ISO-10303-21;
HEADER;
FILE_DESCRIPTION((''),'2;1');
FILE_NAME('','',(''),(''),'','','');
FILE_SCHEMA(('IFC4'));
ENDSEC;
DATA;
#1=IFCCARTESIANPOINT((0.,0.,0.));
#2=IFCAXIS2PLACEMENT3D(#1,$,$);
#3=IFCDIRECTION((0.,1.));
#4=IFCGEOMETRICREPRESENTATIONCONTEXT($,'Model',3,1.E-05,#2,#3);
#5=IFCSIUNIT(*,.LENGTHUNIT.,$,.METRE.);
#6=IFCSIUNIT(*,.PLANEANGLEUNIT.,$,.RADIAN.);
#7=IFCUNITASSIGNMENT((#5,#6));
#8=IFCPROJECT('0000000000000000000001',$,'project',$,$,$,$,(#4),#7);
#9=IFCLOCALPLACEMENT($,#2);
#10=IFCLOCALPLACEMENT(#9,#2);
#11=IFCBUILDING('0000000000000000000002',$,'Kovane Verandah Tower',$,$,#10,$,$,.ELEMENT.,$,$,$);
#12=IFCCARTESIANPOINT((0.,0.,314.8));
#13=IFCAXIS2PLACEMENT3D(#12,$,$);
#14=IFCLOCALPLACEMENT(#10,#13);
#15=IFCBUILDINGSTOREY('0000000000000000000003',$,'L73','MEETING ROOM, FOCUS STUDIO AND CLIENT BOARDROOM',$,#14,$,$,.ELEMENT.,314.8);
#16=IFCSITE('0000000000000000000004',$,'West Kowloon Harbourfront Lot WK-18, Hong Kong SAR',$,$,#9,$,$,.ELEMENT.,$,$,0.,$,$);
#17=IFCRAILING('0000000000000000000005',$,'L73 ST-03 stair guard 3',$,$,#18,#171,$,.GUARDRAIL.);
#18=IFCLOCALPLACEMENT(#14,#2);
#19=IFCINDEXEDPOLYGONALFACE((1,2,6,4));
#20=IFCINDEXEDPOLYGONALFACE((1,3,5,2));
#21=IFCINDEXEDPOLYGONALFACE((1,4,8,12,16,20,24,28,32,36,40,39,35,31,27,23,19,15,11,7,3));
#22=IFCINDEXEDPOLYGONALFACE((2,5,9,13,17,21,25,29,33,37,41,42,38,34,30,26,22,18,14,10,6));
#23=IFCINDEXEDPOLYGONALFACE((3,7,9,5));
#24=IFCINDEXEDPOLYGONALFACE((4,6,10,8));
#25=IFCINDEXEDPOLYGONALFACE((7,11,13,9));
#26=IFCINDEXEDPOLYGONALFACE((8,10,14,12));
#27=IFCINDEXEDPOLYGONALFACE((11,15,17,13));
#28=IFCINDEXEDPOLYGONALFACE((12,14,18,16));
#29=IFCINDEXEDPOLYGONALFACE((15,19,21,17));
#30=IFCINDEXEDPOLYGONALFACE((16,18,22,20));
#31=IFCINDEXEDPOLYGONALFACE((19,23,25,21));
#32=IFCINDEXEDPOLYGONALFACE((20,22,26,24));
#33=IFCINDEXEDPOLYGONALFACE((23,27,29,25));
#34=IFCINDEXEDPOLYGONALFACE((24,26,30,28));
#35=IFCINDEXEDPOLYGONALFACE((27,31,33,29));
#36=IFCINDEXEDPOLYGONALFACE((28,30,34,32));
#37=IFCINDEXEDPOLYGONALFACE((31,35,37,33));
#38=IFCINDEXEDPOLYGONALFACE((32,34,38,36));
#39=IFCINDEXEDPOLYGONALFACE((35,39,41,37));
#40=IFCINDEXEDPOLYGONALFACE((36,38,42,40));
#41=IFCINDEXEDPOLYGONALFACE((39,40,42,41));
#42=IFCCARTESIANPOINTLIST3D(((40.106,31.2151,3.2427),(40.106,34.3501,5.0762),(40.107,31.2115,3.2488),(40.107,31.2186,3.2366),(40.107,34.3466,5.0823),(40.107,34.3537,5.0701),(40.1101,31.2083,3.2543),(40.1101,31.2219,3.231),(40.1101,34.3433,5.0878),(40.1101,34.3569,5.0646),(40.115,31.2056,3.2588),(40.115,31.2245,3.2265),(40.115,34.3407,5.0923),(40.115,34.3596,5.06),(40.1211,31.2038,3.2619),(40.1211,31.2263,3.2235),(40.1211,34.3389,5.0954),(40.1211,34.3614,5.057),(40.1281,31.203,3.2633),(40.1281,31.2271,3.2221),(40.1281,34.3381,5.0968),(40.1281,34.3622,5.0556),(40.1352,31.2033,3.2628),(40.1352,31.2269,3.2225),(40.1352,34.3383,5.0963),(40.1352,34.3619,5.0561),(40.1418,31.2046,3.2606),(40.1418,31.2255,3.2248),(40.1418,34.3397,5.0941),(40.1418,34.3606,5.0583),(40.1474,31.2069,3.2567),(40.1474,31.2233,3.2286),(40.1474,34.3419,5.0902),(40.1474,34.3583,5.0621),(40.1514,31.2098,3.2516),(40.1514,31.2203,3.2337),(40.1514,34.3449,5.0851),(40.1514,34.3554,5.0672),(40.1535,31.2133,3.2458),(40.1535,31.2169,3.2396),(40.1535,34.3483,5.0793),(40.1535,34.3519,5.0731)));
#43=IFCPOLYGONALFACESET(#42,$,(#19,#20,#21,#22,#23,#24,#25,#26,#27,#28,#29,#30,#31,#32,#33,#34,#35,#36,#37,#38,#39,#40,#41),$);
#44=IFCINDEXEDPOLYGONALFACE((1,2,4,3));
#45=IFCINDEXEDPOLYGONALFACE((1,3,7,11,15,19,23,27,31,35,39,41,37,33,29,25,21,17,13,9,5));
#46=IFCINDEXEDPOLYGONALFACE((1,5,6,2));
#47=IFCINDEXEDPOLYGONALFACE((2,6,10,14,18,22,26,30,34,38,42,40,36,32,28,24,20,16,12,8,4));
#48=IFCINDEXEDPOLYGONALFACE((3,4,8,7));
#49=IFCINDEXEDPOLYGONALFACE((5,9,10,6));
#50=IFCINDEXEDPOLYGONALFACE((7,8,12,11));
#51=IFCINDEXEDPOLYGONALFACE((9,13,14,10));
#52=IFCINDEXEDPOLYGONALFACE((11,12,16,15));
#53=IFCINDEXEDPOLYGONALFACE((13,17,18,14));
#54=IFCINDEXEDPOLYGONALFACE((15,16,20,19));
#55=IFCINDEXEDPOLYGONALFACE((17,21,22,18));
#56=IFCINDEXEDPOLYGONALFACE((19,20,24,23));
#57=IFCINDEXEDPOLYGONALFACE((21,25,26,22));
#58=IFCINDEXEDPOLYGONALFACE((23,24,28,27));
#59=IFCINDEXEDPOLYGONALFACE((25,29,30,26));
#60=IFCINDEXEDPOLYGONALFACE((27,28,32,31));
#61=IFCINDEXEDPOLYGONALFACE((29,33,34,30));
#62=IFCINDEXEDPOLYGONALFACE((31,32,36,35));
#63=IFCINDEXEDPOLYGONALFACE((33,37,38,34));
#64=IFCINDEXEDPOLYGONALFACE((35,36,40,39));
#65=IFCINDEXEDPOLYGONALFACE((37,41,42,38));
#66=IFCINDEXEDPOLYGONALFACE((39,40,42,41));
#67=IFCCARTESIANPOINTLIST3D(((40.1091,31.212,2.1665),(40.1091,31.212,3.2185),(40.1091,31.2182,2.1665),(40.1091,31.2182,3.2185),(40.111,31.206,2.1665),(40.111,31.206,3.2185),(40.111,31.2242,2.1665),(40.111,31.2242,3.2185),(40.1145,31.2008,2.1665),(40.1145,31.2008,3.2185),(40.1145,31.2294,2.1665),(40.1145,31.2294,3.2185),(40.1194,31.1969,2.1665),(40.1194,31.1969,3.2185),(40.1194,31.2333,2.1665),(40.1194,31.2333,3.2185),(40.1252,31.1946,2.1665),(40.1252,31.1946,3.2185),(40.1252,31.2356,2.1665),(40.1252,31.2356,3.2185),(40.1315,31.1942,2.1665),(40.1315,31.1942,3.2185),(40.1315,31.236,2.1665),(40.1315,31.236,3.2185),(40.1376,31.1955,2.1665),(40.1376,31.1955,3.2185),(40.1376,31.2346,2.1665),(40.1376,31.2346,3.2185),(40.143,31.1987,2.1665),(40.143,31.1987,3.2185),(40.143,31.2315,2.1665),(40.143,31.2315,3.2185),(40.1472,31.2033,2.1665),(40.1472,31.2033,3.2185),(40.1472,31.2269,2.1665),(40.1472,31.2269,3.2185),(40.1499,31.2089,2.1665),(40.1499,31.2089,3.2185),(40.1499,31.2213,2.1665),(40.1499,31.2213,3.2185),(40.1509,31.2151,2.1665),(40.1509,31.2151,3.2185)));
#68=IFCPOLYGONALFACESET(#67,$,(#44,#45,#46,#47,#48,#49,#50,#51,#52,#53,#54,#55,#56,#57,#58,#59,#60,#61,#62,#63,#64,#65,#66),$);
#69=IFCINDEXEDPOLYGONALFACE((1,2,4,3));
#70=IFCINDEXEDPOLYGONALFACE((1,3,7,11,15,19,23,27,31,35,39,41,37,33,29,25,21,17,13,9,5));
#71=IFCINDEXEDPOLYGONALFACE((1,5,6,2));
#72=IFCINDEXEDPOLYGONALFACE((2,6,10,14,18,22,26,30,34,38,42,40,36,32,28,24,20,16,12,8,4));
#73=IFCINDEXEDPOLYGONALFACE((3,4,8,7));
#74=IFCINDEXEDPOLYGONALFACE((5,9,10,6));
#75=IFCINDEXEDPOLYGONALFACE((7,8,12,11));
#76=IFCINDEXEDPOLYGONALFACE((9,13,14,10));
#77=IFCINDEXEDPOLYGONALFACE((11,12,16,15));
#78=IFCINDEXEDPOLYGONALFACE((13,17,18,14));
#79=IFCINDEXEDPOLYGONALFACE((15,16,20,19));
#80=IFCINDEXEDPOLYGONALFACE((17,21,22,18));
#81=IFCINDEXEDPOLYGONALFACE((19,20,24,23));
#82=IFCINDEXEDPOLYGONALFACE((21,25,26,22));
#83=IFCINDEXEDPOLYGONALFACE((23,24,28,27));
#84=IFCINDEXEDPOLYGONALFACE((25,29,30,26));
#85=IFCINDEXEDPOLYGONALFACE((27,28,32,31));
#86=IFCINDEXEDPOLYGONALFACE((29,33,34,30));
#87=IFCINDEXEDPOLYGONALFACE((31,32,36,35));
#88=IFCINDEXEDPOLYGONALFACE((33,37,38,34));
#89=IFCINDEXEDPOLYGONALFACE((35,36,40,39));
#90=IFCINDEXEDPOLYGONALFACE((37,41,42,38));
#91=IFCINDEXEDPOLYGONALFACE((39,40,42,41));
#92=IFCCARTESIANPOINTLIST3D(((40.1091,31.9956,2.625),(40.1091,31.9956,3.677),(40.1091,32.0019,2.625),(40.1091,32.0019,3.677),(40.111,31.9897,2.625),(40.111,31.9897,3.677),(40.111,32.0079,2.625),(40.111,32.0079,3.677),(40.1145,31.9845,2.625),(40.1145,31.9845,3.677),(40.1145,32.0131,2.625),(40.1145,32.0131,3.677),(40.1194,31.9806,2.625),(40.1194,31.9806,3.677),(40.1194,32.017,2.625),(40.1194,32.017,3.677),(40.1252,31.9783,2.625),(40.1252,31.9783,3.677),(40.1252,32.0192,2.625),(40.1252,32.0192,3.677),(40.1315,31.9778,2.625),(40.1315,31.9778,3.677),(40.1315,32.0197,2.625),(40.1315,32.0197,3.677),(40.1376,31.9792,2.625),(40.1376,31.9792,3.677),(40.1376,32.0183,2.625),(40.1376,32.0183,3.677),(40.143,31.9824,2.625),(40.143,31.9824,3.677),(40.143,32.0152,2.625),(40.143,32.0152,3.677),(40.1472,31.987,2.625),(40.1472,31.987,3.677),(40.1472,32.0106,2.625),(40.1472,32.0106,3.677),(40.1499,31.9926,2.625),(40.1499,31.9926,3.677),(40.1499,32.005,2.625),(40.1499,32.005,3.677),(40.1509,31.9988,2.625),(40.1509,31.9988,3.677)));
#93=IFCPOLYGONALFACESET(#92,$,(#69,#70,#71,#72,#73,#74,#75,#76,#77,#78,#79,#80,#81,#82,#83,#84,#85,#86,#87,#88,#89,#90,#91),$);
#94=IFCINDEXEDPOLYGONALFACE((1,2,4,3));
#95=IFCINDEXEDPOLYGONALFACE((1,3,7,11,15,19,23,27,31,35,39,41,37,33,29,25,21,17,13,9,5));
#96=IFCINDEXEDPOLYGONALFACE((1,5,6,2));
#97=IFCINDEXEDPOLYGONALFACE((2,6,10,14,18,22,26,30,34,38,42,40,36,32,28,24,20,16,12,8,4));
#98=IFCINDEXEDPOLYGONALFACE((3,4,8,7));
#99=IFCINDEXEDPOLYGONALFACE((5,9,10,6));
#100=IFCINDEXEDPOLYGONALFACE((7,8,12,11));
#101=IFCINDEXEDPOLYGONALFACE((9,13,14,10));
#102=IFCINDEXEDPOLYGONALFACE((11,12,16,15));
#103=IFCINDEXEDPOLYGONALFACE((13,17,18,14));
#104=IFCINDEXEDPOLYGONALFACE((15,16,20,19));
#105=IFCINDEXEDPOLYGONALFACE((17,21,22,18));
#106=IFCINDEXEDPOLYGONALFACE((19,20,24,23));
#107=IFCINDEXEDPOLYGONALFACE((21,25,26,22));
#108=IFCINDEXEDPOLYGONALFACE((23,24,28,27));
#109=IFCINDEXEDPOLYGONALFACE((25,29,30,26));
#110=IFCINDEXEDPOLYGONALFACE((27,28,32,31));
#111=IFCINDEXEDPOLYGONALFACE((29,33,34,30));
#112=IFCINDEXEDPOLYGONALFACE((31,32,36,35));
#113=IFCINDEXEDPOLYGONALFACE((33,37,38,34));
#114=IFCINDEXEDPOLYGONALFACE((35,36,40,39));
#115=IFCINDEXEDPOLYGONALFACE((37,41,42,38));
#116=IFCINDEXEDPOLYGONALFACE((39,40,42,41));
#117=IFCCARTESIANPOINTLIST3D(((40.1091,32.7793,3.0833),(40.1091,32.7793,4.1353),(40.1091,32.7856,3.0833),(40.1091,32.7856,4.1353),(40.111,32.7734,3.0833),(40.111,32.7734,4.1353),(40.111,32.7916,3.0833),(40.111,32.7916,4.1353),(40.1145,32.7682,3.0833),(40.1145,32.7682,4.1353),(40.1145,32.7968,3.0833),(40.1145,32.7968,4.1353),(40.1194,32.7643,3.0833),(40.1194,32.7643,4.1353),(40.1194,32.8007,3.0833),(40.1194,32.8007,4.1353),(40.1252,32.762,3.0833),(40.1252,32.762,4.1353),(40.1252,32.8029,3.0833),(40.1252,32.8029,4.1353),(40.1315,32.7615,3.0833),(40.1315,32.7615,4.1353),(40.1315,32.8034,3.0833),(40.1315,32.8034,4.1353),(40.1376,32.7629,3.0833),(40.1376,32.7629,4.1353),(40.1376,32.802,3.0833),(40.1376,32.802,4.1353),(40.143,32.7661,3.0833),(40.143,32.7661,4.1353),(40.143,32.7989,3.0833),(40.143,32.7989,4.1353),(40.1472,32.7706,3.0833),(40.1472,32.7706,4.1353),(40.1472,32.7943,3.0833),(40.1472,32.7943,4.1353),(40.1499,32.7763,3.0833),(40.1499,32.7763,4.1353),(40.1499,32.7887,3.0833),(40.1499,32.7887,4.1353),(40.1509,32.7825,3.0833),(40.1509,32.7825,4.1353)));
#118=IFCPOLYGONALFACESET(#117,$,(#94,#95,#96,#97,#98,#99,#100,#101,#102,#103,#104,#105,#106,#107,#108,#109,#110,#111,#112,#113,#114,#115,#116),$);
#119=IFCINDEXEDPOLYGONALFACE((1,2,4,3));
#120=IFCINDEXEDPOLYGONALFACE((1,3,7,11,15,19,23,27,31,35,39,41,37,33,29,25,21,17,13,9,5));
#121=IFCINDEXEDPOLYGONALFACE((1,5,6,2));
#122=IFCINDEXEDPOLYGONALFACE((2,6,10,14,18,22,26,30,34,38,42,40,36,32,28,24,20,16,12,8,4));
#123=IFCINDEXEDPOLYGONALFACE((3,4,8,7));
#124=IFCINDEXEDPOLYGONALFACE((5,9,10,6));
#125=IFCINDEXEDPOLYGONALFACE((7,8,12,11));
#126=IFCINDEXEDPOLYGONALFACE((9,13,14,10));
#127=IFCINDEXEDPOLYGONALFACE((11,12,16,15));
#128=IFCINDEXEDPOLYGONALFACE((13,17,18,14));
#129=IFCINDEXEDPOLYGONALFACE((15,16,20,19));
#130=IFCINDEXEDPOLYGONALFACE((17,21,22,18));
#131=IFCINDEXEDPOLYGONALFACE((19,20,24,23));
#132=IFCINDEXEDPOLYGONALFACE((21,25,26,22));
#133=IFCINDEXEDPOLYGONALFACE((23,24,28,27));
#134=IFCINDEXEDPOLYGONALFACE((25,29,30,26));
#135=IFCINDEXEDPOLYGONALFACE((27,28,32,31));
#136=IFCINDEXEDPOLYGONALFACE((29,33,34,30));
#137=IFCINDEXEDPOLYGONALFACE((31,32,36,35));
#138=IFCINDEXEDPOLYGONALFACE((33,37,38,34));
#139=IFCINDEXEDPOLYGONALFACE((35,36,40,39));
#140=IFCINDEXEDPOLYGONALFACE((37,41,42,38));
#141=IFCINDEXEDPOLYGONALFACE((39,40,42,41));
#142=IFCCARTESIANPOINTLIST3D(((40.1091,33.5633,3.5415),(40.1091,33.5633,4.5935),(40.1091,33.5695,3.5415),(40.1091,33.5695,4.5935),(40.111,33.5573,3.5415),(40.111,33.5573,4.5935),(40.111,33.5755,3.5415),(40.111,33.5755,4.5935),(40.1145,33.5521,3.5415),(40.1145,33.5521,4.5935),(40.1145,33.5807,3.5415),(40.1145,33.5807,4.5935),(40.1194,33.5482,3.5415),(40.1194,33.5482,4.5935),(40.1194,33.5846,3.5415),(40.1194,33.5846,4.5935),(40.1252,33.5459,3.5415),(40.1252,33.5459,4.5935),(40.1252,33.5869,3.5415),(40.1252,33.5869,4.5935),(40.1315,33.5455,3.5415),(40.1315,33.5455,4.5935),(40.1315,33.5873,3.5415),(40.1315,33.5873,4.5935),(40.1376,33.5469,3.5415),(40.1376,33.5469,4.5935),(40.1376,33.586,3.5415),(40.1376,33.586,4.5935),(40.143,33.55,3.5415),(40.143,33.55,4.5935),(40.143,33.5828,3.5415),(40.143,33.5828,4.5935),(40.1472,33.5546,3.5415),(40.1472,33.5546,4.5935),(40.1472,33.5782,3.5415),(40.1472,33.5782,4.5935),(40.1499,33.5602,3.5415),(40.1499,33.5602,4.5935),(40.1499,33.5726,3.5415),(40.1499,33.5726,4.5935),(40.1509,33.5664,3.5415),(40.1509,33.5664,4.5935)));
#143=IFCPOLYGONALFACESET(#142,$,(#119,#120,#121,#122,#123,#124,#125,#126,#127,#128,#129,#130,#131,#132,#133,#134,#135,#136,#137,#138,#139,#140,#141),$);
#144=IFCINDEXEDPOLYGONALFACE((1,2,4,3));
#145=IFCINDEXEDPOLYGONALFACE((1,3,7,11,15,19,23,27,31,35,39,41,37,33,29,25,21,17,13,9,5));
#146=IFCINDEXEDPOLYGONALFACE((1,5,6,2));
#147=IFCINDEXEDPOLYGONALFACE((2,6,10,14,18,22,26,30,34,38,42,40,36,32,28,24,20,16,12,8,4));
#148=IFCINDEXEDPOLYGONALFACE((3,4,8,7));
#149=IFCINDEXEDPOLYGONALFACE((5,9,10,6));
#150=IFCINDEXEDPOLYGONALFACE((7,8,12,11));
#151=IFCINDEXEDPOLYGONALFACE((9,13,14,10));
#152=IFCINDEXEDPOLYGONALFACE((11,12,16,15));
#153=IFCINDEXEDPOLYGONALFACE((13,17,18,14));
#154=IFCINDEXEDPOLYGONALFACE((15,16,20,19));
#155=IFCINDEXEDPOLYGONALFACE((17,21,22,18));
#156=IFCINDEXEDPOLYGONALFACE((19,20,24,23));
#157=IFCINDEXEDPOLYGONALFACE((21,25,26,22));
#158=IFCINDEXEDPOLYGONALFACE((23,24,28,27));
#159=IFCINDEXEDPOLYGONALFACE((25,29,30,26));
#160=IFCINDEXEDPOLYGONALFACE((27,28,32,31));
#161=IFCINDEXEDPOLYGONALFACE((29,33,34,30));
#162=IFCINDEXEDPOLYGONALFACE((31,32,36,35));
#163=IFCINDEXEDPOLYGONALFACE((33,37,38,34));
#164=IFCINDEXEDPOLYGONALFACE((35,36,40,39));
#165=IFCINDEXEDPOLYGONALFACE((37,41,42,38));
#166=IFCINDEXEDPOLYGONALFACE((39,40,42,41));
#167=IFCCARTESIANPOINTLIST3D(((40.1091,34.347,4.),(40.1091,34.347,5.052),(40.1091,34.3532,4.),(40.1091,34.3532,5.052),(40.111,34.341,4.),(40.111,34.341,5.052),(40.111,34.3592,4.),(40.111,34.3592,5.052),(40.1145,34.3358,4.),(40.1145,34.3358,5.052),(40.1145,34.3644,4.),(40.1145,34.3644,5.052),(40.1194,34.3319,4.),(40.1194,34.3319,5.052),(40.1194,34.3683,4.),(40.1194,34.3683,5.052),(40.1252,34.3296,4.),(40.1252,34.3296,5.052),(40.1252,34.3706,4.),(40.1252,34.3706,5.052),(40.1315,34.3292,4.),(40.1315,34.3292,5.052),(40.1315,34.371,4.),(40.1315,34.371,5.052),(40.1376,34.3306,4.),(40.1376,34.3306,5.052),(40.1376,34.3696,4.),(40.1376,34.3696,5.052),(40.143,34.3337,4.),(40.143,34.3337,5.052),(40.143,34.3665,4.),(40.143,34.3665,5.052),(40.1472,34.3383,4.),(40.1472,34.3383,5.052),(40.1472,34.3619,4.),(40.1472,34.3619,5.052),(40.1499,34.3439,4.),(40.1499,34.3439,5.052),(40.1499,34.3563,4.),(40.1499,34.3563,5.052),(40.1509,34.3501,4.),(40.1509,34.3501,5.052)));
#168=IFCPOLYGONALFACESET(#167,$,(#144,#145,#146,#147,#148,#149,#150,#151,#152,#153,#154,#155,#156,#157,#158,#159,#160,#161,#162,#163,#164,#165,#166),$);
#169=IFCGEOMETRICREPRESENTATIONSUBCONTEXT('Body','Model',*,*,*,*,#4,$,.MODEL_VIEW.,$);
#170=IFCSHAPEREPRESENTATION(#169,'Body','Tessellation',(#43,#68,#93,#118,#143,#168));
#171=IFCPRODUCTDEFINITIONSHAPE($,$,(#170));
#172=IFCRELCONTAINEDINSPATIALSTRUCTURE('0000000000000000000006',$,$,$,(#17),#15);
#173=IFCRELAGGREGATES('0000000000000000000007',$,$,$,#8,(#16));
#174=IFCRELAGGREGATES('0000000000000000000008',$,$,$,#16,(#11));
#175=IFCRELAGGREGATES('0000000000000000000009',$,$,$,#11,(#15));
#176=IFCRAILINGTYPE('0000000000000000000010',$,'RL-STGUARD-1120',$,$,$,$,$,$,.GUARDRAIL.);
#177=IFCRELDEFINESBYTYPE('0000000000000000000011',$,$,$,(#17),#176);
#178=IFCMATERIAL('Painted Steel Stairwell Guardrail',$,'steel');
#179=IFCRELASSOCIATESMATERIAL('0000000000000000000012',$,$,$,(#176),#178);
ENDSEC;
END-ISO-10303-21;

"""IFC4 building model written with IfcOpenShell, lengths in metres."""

from ifc_helpers import new_model, si_unit, direction, frame, origin, origin_2d, place, context, subcontext, project, spatial, circle, extrude, material, type_object, element, save


model = new_model("IFC4")

# Units and contexts
model_context = context("Model", 3, precision=1e-05, world=origin(), true_north=direction((0.0, 1.0)))
body_context = subcontext(model_context, "Body", "Model", "MODEL_VIEW")
ifc_project = project(units=[si_unit("LENGTHUNIT", "METRE"), si_unit("PLANEANGLEUNIT", "RADIAN")], contexts=[model_context])

# Site, building, storey
site_placement = place(None, origin())
site = spatial("IfcSite", under=ifc_project, at=site_placement, Name="West Kowloon Harbourfront Lot WK-18, Hong Kong SAR", CompositionType="ELEMENT", RefElevation=0.0)
building_placement = place(site_placement, origin())
building = spatial("IfcBuilding", under=site, at=building_placement, Name="Kovane Verandah Tower", CompositionType="ELEMENT")
storey_placement = place(building_placement, frame((0.0, 0.0, 314.8)))
storey = spatial("IfcBuildingStorey", under=building, at=storey_placement, Name="L73", Description="MEETING ROOM, FOCUS STUDIO AND CLIENT BOARDROOM", CompositionType="ELEMENT", Elevation=314.8)

# Railing
ifc_material_1 = material(Name="Painted Steel Stairwell Guardrail", Category="steel")
railing_type_1 = type_object("IfcRailingType", Name="RL-STGUARD-1120", PredefinedType="GUARDRAIL", material=ifc_material_1)
railing_1_placement = place(storey_placement, frame((40.1299, 31.2151, 2.1665)))
element("IfcRailing", 1, at=railing_1_placement, inside=storey, type_object=railing_type_1, Name="L73 ST-03 stair guard 3", PredefinedType="GUARDRAIL", context=body_context, shape_type="SweptSolid", body=[
    extrude(circle(Radius=0.0239, at=origin_2d()), frame((0.0, 0.0, 1.0762), z_axis=(0.0, 0.86321, 0.504845), x_axis=(-1.0, 0.0, 0.0)), (0.0, 0.0, 1.0), 3.6318),
    extrude(circle(Radius=0.021, at=origin_2d()), origin(), (0.0, 0.0, 1.0), 1.052),
    extrude(circle(Radius=0.021, at=origin_2d()), frame((0.0, 0.7837, 0.4585)), (0.0, 0.0, 1.0), 1.052),
    extrude(circle(Radius=0.021, at=origin_2d()), frame((0.0, 1.5674, 0.9167)), (0.0, 0.0, 1.0), 1.052),
    extrude(circle(Radius=0.021, at=origin_2d()), frame((0.0, 2.3513, 1.375)), (0.0, 0.0, 1.0), 1.052),
    extrude(circle(Radius=0.021, at=origin_2d()), frame((0.0, 3.135, 1.8335)), (0.0, 0.0, 1.0), 1.052),
])

save(model, "model.ifc")
